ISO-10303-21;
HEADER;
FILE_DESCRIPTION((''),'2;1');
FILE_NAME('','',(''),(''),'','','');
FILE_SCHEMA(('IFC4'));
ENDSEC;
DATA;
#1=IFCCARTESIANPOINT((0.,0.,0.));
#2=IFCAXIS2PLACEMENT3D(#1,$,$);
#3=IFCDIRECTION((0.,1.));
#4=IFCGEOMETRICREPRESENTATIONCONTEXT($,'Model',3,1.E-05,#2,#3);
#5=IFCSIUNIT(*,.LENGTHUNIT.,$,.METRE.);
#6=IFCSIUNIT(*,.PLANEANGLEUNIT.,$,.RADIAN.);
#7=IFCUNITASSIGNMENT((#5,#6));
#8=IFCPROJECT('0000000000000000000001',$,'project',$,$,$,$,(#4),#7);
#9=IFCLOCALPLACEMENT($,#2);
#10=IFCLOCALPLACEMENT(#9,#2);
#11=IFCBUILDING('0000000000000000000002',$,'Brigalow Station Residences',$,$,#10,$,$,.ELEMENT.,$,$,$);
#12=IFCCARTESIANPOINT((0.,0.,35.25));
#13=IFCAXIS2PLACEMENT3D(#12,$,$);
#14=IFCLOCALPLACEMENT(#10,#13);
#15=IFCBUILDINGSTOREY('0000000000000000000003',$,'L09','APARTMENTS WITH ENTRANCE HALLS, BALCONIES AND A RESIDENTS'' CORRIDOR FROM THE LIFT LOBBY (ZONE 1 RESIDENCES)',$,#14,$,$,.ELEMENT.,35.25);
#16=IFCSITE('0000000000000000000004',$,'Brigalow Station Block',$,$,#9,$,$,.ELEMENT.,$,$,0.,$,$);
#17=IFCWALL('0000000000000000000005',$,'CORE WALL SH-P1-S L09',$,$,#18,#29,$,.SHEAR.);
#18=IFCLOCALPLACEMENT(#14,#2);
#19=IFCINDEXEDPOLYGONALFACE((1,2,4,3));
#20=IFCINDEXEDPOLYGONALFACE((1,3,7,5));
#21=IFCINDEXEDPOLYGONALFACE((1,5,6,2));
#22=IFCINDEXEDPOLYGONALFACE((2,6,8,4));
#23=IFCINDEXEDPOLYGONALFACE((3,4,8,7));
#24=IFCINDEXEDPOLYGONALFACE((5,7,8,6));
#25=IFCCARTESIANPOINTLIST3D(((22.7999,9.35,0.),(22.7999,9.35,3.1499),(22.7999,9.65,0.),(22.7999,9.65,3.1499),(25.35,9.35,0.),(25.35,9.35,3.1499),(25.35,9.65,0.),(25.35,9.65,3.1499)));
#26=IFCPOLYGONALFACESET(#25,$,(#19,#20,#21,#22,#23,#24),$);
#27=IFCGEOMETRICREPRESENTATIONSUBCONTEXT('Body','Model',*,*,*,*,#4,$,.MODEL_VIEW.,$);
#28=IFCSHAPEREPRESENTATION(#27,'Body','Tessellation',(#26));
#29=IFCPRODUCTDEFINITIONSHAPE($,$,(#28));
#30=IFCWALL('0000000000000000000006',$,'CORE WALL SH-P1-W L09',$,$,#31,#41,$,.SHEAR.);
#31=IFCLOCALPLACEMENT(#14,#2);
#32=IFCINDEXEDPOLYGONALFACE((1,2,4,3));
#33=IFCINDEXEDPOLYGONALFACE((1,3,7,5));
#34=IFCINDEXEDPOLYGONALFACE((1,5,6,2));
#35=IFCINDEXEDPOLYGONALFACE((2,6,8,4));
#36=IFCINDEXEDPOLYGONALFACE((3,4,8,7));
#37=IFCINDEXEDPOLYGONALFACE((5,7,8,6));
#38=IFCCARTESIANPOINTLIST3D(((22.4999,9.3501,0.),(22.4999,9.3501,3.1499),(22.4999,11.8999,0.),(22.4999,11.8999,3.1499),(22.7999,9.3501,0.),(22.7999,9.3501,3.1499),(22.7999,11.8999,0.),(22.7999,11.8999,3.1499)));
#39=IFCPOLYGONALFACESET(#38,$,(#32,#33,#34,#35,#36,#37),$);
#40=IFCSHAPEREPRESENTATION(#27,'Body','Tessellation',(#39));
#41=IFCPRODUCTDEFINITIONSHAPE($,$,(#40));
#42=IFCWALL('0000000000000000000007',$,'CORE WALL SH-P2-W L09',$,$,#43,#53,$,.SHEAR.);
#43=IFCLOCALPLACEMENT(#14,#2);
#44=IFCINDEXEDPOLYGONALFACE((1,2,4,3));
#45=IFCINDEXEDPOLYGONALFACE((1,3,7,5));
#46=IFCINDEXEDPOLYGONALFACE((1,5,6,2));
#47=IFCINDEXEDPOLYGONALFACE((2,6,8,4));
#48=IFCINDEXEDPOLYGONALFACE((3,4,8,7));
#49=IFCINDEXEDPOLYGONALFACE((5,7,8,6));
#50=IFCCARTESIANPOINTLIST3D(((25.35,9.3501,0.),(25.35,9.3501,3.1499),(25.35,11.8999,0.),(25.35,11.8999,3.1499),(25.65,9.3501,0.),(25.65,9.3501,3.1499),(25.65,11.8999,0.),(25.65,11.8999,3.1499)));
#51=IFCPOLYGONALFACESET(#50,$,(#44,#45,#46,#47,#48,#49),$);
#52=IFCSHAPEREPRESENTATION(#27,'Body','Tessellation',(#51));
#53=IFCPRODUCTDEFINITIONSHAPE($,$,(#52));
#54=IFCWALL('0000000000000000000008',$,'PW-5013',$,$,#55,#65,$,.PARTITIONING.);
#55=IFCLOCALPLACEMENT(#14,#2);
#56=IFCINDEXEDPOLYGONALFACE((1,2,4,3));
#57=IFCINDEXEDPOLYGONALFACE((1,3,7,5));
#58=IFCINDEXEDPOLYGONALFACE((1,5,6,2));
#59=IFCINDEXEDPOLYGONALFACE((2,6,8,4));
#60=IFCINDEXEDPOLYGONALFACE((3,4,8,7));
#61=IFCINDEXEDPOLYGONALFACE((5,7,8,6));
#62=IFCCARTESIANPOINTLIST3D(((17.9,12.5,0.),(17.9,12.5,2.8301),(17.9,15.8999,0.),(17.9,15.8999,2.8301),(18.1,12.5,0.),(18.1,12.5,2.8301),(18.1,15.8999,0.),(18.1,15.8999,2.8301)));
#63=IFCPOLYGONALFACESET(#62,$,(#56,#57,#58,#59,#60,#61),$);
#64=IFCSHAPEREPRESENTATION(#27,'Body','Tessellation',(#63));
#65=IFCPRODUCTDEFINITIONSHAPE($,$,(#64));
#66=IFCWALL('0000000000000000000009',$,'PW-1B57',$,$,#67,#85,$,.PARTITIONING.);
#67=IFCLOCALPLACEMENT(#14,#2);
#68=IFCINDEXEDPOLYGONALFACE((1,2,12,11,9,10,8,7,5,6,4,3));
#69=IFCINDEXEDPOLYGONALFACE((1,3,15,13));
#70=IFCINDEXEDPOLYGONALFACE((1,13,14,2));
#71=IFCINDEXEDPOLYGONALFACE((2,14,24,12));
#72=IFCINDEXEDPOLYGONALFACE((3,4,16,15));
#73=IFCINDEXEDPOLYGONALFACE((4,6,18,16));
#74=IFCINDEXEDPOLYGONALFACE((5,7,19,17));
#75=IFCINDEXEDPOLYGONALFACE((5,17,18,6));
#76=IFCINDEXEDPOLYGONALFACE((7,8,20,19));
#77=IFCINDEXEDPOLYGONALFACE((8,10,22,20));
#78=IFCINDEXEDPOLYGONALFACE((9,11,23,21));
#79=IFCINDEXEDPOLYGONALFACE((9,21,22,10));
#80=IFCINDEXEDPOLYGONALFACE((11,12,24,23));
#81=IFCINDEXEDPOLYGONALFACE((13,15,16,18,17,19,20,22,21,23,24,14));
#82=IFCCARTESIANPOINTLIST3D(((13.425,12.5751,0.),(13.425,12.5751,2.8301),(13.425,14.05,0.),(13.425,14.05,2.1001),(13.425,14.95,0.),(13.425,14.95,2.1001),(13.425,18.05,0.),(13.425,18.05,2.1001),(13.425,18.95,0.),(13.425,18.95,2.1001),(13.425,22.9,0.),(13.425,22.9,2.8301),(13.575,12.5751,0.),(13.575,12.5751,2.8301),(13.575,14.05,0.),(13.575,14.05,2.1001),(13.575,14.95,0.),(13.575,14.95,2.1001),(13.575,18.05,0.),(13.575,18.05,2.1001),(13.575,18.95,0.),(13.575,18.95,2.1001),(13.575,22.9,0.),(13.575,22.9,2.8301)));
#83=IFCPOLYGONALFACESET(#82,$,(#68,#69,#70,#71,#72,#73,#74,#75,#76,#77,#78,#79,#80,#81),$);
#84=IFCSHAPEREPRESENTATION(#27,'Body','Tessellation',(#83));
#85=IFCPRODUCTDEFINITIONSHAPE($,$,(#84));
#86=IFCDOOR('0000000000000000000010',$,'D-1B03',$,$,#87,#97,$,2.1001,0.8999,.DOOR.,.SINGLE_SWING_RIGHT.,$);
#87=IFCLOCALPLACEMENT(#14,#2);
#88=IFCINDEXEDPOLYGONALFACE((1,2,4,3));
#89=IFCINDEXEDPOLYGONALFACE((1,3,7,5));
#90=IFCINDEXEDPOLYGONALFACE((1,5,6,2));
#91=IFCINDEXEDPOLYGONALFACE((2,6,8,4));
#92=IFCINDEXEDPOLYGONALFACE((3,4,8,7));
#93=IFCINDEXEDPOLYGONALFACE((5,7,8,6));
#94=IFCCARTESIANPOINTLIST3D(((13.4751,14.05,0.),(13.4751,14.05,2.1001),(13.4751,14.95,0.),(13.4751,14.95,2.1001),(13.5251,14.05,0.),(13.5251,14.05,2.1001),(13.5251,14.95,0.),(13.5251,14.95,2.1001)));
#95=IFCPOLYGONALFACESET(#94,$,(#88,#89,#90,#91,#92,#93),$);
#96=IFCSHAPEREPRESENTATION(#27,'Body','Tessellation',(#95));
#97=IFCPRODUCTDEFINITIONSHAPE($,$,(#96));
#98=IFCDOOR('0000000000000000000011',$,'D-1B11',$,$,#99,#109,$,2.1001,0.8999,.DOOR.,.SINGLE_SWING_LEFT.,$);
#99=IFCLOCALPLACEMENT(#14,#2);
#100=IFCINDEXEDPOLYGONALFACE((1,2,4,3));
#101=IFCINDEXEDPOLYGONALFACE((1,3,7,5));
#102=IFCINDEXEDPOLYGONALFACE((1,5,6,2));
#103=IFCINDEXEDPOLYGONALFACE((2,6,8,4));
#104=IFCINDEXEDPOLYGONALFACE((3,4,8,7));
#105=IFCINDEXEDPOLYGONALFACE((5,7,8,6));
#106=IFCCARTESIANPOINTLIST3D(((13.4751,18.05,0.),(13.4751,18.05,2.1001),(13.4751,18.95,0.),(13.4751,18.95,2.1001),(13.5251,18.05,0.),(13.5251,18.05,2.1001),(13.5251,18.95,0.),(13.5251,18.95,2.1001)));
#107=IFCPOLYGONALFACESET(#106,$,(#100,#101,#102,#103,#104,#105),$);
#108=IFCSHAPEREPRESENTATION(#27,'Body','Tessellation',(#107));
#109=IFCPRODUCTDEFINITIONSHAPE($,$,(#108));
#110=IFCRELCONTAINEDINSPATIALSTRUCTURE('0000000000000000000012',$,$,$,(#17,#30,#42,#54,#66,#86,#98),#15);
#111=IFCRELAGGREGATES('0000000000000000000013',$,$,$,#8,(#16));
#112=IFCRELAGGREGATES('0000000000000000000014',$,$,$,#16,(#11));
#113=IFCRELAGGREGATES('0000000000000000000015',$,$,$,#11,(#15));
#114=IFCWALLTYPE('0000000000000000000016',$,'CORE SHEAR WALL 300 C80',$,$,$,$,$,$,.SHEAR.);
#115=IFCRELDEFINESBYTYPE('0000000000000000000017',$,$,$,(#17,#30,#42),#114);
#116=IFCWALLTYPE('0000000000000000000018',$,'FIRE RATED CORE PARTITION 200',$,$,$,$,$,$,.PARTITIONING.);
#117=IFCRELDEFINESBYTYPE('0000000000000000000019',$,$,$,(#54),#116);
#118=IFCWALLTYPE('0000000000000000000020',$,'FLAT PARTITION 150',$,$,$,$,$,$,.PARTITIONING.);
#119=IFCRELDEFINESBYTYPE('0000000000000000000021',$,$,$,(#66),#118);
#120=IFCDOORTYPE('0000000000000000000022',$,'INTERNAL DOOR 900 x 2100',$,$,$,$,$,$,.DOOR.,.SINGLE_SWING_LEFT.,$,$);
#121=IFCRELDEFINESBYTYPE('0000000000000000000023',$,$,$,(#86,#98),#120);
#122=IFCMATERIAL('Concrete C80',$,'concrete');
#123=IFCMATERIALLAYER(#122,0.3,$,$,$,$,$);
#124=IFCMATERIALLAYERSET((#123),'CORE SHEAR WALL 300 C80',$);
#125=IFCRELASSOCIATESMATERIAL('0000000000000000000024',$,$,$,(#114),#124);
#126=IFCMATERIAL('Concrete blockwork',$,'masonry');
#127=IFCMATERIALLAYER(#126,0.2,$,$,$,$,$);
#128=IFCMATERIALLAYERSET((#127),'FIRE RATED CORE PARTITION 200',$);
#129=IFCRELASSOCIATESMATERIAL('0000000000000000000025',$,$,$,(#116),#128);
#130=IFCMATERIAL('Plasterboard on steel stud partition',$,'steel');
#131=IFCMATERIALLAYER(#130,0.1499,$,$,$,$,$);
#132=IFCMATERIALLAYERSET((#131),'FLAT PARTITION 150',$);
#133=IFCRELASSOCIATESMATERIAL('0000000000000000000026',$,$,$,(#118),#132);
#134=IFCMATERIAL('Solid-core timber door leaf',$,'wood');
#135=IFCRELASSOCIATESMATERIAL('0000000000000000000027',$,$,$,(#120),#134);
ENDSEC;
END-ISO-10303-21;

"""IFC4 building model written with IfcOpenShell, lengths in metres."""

from ifc_helpers import new_model, si_unit, direction, frame, frame_2d, origin, place, context, subcontext, project, spatial, rectangle, extrude, material, layer, layer_set, type_object, element, fill, save


model = new_model("IFC4")

# Units and contexts
model_context = context("Model", 3, precision=1e-05, world=origin(), true_north=direction((0.0, 1.0)))
body_context = subcontext(model_context, "Body", "Model", "MODEL_VIEW")
ifc_project = project(units=[si_unit("LENGTHUNIT", "METRE"), si_unit("PLANEANGLEUNIT", "RADIAN")], contexts=[model_context])

# Site, building, storey
site_placement = place(None, origin())
site = spatial("IfcSite", under=ifc_project, at=site_placement, Name="Brigalow Station Block", CompositionType="ELEMENT", RefElevation=0.0)
building_placement = place(site_placement, origin())
building = spatial("IfcBuilding", under=site, at=building_placement, Name="Brigalow Station Residences", CompositionType="ELEMENT")
storey_placement = place(building_placement, frame((0.0, 0.0, 35.25)))
storey = spatial("IfcBuildingStorey", under=building, at=storey_placement, Name="L09", Description="APARTMENTS WITH ENTRANCE HALLS, BALCONIES AND A RESIDENTS' CORRIDOR FROM THE LIFT LOBBY (ZONE 1 RESIDENCES)", CompositionType="ELEMENT", Elevation=35.25)

# Walls
ifc_material_1 = material(Name="Concrete C80", Category="concrete")
ifc_layer_1 = layer(ifc_material_1, 0.3)
ifc_layer_set_1 = layer_set([ifc_layer_1], Name="CORE SHEAR WALL 300 C80")
wall_type_1 = type_object("IfcWallType", Name="CORE SHEAR WALL 300 C80", PredefinedType="SHEAR", material=ifc_layer_set_1)
wall_1_placement = place(storey_placement, frame((22.8, 9.5, 0.0), z_axis=(0.0, 0.0, 1.0), x_axis=(1.0, 0.0, 0.0)))
element("IfcWall", 1, at=wall_1_placement, inside=storey, type_object=wall_type_1, Name="CORE WALL SH-P1-S L09", PredefinedType="SHEAR", context=body_context, shape_type="SweptSolid", body=[
    extrude(rectangle(XDim=2.55, YDim=0.3, at=frame_2d((1.2749, 0.0))), origin(), (0.0, 0.0, 1.0), 3.1499),
])
for number, where, z_axis, x_axis, name in (
    (2, (22.6499, 9.3501, 0.0), (0.0, 0.0, 1.0), (0.0, 1.0, 0.0), "CORE WALL SH-P1-W L09"),
    (3, (25.5, 9.3501, 0.0), (0.0, 0.0, 1.0), (0.0, 1.0, 0.0), "CORE WALL SH-P2-W L09"),
):
    element("IfcWall", number, at=place(storey_placement, frame(where, z_axis=z_axis, x_axis=x_axis)), inside=storey, type_object=wall_type_1, Name=name, PredefinedType="SHEAR", context=body_context, shape_type="SweptSolid", body=[
        extrude(rectangle(XDim=2.5498, YDim=0.3, at=frame_2d((1.2749, 0.0))), origin(), (0.0, 0.0, 1.0), 3.1499),
    ])

# Wall
ifc_material_2 = material(Name="Concrete blockwork", Category="masonry")
ifc_layer_2 = layer(ifc_material_2, 0.2)
ifc_layer_set_2 = layer_set([ifc_layer_2], Name="FIRE RATED CORE PARTITION 200")
wall_type_2 = type_object("IfcWallType", Name="FIRE RATED CORE PARTITION 200", PredefinedType="PARTITIONING", material=ifc_layer_set_2)
wall_2_placement = place(storey_placement, frame((18.0, 12.5, 0.0), z_axis=(0.0, 0.0, 1.0), x_axis=(0.0, 1.0, 0.0)))
element("IfcWall", 4, at=wall_2_placement, inside=storey, type_object=wall_type_2, Name="PW-5013", PredefinedType="PARTITIONING", context=body_context, shape_type="SweptSolid", body=[
    extrude(rectangle(XDim=3.3999, YDim=0.2, at=frame_2d((1.7, 0.0))), origin(), (0.0, 0.0, 1.0), 2.8301),
])

# Wall, openings, doors
ifc_material_3 = material(Name="Plasterboard on steel stud partition", Category="steel")
ifc_layer_3 = layer(ifc_material_3, 0.1499)
ifc_layer_set_3 = layer_set([ifc_layer_3], Name="FLAT PARTITION 150")
wall_type_3 = type_object("IfcWallType", Name="FLAT PARTITION 150", PredefinedType="PARTITIONING", material=ifc_layer_set_3)
wall_3_placement = place(storey_placement, frame((13.5, 12.575, 0.0), z_axis=(0.0, 0.0, 1.0), x_axis=(0.0, 1.0, 0.0)))
wall_3 = element("IfcWall", 5, at=wall_3_placement, inside=storey, type_object=wall_type_3, Name="PW-1B57", PredefinedType="PARTITIONING", context=body_context, shape_type="SweptSolid", body=[
    extrude(rectangle(XDim=10.325, YDim=0.1499, at=frame_2d((5.1626, 0.0))), origin(), (0.0, 0.0, 1.0), 2.8301),
])
opening_1_placement = place(wall_3_placement, frame((1.4751, 0.0, 0.0)))
opening_1 = element("IfcOpeningElement", 6, at=opening_1_placement, cuts=wall_3, PredefinedType="OPENING", context=body_context, shape_type="SweptSolid", body=[
    extrude(rectangle(XDim=0.8999, YDim=2.1001, at=frame_2d((0.45, 1.05))), frame((0.0, 0.085, 0.0), z_axis=(0.0, -1.0, 0.0), x_axis=(1.0, 0.0, 0.0)), (0.0, 0.0, 1.0), 0.1699),
])
opening_2_placement = place(wall_3_placement, frame((5.4751, 0.0, 0.0)))
opening_2 = element("IfcOpeningElement", 7, at=opening_2_placement, cuts=wall_3, PredefinedType="OPENING", context=body_context, shape_type="SweptSolid", body=[
    extrude(rectangle(XDim=0.8999, YDim=2.1001, at=frame_2d((0.45, 1.05))), frame((0.0, 0.085, 0.0), z_axis=(0.0, -1.0, 0.0), x_axis=(1.0, 0.0, 0.0)), (0.0, 0.0, 1.0), 0.1699),
])
ifc_material_4 = material(Name="Solid-core timber door leaf", Category="wood")
door_type_1 = type_object("IfcDoorType", Name="INTERNAL DOOR 900 x 2100", OperationType="SINGLE_SWING_LEFT", PredefinedType="DOOR", material=ifc_material_4)
door_1_placement = place(opening_1_placement, origin())
door_1 = element("IfcDoor", 8, at=door_1_placement, inside=storey, type_object=door_type_1, Name="D-1B03", OperationType="SINGLE_SWING_RIGHT", OverallHeight=2.1001, OverallWidth=0.8999, PredefinedType="DOOR", context=body_context, shape_type="SweptSolid", body=[
    extrude(rectangle(XDim=0.8999, YDim=2.1001, at=frame_2d((0.45, 1.05))), frame((0.0, 0.0249, 0.0), z_axis=(0.0, -1.0, 0.0), x_axis=(1.0, 0.0, 0.0)), (0.0, 0.0, 1.0), 0.05),
])
fill(opening_1, door_1)
door_2_placement = place(opening_2_placement, origin())
door_2 = element("IfcDoor", 9, at=door_2_placement, inside=storey, type_object=door_type_1, Name="D-1B11", OperationType="SINGLE_SWING_LEFT", OverallHeight=2.1001, OverallWidth=0.8999, PredefinedType="DOOR", context=body_context, shape_type="SweptSolid", body=[
    extrude(rectangle(XDim=0.8999, YDim=2.1001, at=frame_2d((0.45, 1.05))), frame((0.0, 0.0249, 0.0), z_axis=(0.0, -1.0, 0.0), x_axis=(1.0, 0.0, 0.0)), (0.0, 0.0, 1.0), 0.05),
])
fill(opening_2, door_2)

save(model, "model.ifc")
